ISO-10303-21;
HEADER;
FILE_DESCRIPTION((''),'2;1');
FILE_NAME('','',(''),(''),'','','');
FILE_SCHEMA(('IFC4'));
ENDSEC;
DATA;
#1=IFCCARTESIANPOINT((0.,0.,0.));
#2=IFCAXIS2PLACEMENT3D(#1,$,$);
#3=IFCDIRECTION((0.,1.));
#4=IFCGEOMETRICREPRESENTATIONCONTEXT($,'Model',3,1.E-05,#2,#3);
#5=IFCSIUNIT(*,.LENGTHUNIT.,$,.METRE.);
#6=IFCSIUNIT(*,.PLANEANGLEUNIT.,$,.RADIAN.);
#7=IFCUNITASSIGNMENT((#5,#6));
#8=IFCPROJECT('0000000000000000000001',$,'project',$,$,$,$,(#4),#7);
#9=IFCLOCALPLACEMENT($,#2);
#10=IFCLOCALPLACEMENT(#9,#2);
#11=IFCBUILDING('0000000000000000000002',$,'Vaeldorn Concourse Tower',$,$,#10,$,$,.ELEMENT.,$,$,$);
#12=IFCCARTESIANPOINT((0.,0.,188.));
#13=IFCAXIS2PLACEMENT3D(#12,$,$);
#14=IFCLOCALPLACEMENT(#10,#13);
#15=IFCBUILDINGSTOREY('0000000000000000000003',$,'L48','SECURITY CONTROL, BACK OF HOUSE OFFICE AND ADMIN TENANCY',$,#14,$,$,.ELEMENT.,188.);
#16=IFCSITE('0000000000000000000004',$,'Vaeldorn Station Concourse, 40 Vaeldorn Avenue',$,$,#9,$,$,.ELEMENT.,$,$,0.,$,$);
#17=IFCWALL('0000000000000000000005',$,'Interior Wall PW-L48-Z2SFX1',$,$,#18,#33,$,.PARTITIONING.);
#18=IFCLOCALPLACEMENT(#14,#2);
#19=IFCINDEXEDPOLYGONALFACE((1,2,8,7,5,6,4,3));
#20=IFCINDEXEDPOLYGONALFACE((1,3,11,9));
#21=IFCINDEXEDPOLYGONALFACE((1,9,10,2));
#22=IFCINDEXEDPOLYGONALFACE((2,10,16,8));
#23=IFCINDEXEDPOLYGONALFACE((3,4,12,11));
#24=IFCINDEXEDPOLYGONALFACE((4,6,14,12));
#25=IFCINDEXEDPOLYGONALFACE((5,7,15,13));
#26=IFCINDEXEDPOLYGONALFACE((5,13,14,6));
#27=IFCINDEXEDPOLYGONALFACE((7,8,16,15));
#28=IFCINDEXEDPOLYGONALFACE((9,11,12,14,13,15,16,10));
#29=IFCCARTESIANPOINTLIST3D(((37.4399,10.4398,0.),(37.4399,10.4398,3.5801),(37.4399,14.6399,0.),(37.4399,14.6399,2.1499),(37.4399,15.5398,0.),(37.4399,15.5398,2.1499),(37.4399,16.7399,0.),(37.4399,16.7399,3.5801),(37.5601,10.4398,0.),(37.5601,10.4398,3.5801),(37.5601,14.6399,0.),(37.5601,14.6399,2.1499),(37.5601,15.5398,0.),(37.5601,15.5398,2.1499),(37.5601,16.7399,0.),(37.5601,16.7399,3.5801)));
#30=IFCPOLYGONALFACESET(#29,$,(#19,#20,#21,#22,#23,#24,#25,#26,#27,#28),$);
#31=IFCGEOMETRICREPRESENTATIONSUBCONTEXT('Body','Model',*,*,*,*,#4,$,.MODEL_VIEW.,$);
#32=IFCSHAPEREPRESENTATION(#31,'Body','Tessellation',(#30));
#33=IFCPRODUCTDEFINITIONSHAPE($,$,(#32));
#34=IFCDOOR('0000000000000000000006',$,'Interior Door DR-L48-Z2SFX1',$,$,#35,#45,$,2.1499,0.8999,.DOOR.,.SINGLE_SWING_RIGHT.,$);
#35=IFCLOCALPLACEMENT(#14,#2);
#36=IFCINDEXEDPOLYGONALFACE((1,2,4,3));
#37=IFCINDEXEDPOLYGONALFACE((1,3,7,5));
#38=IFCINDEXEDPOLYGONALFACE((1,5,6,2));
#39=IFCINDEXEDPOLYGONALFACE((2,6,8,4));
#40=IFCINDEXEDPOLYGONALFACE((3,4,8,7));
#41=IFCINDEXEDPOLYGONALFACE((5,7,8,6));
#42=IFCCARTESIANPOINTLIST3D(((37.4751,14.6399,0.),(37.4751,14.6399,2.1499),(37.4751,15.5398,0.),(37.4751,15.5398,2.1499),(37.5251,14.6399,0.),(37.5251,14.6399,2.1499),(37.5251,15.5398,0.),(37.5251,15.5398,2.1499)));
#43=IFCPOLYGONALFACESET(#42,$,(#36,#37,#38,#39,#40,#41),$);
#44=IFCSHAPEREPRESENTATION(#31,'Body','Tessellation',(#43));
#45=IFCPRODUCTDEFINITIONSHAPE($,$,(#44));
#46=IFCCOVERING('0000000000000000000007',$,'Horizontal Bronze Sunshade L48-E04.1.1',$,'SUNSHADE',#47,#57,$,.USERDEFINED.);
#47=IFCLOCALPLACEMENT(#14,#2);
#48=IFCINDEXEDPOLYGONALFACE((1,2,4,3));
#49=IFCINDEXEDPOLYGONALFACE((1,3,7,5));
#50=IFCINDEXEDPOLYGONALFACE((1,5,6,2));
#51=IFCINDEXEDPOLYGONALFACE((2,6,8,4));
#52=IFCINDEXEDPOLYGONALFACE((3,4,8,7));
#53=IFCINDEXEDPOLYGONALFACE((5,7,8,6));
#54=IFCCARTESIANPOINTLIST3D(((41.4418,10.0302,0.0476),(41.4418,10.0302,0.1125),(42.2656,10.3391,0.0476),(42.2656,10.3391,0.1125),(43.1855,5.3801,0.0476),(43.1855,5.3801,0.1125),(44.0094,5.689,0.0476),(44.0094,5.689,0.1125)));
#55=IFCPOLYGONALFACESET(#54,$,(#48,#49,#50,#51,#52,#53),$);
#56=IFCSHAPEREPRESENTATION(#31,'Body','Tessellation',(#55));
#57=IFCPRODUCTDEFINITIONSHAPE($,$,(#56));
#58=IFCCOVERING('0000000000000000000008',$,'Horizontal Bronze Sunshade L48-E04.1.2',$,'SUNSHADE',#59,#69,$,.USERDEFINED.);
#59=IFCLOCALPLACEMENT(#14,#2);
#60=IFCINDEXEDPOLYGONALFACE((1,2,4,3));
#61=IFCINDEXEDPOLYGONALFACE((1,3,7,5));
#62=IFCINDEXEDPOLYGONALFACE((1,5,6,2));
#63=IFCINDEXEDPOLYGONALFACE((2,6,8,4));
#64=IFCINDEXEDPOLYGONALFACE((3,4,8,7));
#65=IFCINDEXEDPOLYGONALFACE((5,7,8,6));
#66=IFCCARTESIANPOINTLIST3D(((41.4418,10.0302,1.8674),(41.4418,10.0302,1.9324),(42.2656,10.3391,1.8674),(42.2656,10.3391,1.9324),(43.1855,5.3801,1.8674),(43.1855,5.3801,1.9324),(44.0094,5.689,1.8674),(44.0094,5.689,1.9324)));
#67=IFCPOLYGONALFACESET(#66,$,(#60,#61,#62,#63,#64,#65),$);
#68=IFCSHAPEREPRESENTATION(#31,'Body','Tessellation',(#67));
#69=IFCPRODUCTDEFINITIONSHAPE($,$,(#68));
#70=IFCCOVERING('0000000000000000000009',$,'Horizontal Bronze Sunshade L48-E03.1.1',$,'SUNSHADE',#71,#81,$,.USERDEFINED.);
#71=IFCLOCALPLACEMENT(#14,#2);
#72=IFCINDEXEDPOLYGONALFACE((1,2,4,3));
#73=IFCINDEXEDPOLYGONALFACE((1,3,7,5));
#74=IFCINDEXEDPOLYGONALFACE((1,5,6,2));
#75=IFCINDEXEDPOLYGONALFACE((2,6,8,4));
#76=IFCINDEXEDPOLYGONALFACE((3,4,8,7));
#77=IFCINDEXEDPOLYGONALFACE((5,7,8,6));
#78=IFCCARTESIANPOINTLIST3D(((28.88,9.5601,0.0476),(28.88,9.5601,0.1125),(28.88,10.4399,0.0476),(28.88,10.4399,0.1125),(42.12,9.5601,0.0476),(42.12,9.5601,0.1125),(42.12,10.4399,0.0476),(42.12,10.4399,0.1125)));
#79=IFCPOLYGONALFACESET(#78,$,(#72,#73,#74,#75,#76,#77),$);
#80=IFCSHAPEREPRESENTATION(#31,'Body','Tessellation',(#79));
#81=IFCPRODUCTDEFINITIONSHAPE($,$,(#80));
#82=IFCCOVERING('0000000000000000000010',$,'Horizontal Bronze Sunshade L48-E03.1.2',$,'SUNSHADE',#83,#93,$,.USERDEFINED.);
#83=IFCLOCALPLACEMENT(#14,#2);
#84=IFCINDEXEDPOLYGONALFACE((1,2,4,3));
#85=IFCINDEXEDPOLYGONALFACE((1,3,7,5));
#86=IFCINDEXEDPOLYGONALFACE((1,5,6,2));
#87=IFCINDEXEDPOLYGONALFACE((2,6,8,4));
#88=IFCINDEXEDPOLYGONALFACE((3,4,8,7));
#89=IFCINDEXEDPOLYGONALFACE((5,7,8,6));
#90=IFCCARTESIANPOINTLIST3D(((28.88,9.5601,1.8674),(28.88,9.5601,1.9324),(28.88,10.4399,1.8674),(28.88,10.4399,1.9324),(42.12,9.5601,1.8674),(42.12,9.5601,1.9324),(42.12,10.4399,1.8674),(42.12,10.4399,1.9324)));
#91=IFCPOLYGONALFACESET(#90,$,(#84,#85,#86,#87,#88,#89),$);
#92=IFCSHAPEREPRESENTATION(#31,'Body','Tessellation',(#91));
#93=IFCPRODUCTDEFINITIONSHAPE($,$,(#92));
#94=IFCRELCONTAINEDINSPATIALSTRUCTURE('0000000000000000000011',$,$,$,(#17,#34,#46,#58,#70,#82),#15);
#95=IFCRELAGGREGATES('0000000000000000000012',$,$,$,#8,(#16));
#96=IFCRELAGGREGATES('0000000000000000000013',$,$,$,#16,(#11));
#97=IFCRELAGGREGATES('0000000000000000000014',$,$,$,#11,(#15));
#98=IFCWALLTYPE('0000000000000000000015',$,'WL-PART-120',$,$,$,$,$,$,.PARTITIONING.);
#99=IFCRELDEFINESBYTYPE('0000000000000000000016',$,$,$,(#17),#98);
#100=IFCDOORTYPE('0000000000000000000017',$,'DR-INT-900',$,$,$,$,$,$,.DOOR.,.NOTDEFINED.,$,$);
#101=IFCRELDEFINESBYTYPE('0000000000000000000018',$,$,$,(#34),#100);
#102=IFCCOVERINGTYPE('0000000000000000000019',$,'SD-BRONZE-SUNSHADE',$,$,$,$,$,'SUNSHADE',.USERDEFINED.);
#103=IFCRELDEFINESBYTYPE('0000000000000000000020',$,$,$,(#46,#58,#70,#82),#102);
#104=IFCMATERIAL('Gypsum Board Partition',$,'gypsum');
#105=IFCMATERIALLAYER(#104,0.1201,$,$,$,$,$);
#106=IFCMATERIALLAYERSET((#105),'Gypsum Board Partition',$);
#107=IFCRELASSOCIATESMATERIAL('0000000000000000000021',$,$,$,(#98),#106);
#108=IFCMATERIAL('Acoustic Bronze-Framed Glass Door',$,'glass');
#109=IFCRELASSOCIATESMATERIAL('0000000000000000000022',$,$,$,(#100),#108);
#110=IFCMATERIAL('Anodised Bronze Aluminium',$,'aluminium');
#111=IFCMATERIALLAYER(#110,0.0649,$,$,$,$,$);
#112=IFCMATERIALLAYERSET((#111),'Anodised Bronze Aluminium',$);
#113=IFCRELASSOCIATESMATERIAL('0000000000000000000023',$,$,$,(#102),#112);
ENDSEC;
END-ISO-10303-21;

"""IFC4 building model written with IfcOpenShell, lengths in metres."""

from ifc_helpers import new_model, si_unit, direction, frame, frame_2d, origin, origin_2d, place, context, subcontext, project, spatial, rectangle, extrude, source, transform, mapped, material, layer, layer_set, type_object, element, fill, save


model = new_model("IFC4")

# Units and contexts
model_context = context("Model", 3, precision=1e-05, world=origin(), true_north=direction((0.0, 1.0)))
body_context = subcontext(model_context, "Body", "Model", "MODEL_VIEW")
ifc_project = project(units=[si_unit("LENGTHUNIT", "METRE"), si_unit("PLANEANGLEUNIT", "RADIAN")], contexts=[model_context])

# Site, building, storey
site_placement = place(None, origin())
site = spatial("IfcSite", under=ifc_project, at=site_placement, Name="Vaeldorn Station Concourse, 40 Vaeldorn Avenue", CompositionType="ELEMENT", RefElevation=0.0)
building_placement = place(site_placement, origin())
building = spatial("IfcBuilding", under=site, at=building_placement, Name="Vaeldorn Concourse Tower", CompositionType="ELEMENT")
storey_placement = place(building_placement, frame((0.0, 0.0, 188.0)))
storey = spatial("IfcBuildingStorey", under=building, at=storey_placement, Name="L48", Description="SECURITY CONTROL, BACK OF HOUSE OFFICE AND ADMIN TENANCY", CompositionType="ELEMENT", Elevation=188.0)

# Shared definitions
ifc_material_1 = material(Name="Anodised Bronze Aluminium", Category="aluminium")

# Wall, opening, door
ifc_material_2 = material(Name="Gypsum Board Partition", Category="gypsum")
ifc_layer_1 = layer(ifc_material_2, 0.1201)
ifc_layer_set_1 = layer_set([ifc_layer_1], Name="Gypsum Board Partition")
wall_type = type_object("IfcWallType", Name="WL-PART-120", PredefinedType="PARTITIONING", material=ifc_layer_set_1)
wall_placement = place(storey_placement, frame((37.5, 10.4399, 0.0), z_axis=(0.0, 0.0, 1.0), x_axis=(0.0, 1.0, 0.0)))
wall = element("IfcWall", 1, at=wall_placement, inside=storey, type_object=wall_type, Name="Interior Wall PW-L48-Z2SFX1", PredefinedType="PARTITIONING", context=body_context, shape_type="SweptSolid", body=[
    extrude(rectangle(XDim=6.3, YDim=0.1201, at=frame_2d((3.1499, 0.0))), origin(), (0.0, 0.0, 1.0), 3.5801),
])
opening_placement = place(wall_placement, frame((4.2, 0.0, 0.0)))
opening = element("IfcOpeningElement", 2, at=opening_placement, cuts=wall, PredefinedType="OPENING", context=body_context, shape_type="SweptSolid", body=[
    extrude(rectangle(XDim=0.8999, YDim=2.1499, at=frame_2d((0.45, 1.075))), frame((0.0, 0.0701, 0.0), z_axis=(0.0, -1.0, 0.0), x_axis=(1.0, 0.0, 0.0)), (0.0, 0.0, 1.0), 0.1401),
])
ifc_material_3 = material(Name="Acoustic Bronze-Framed Glass Door", Category="glass")
door_type = type_object("IfcDoorType", Name="DR-INT-900", OperationType="NOTDEFINED", PredefinedType="DOOR", material=ifc_material_3)
shared_shape_1 = source(origin(), body_context, "Body", "SweptSolid", [
    extrude(rectangle(XDim=0.8999, YDim=2.1499, at=frame_2d((0.45, 1.075))), frame((0.0, 0.0249, 0.0), z_axis=(0.0, -1.0, 0.0), x_axis=(1.0, 0.0, 0.0)), (0.0, 0.0, 1.0), 0.05),
])
door_placement = place(opening_placement, origin())
door = element("IfcDoor", 3, at=door_placement, inside=storey, type_object=door_type, Name="Interior Door DR-L48-Z2SFX1", OperationType="SINGLE_SWING_RIGHT", OverallHeight=2.1499, OverallWidth=0.8999, PredefinedType="DOOR", context=body_context, shape_type="MappedRepresentation", body=[
    mapped(shared_shape_1, transform((0.0, 0.0, 0.0), scale=1.0)),
])
fill(opening, door)

# Coverings
ifc_layer_2 = layer(ifc_material_1, 0.0649)
ifc_layer_set_2 = layer_set([ifc_layer_2], Name="Anodised Bronze Aluminium")
covering_type = type_object("IfcCoveringType", Name="SD-BRONZE-SUNSHADE", ElementType="SUNSHADE", PredefinedType="USERDEFINED", material=ifc_layer_set_2)
shared_shape_2 = source(origin(), body_context, "Body", "SweptSolid", [
    extrude(rectangle(XDim=4.9663, YDim=0.8799, at=origin_2d()), origin(), (0.0, 0.0, 1.0), 0.0649),
])
for number, where, z_axis, x_axis, name in (
    (4, (42.7256, 7.8596, 0.0476), (0.0, 0.0, 1.0), (0.351123, -0.936329, 0.0), "Horizontal Bronze Sunshade L48-E04.1.1"),
    (5, (42.7256, 7.8596, 1.8674), (0.0, 0.0, 1.0), (0.351123, -0.936329, 0.0), "Horizontal Bronze Sunshade L48-E04.1.2"),
):
    element("IfcCovering", number, at=place(storey_placement, frame(where, z_axis=z_axis, x_axis=x_axis)), inside=storey, type_object=covering_type, Name=name, ObjectType="SUNSHADE", PredefinedType="USERDEFINED", context=body_context, shape_type="MappedRepresentation", body=[
        mapped(shared_shape_2, transform((0.0, 0.0, 0.0), scale=1.0)),
    ])
shared_shape_3 = source(origin(), body_context, "Body", "SweptSolid", [
    extrude(rectangle(XDim=13.24, YDim=0.8799, at=origin_2d()), origin(), (0.0, 0.0, 1.0), 0.0649),
])
for number, where, z_axis, x_axis, name in (
    (6, (35.5, 10.0, 0.0476), (0.0, 0.0, 1.0), (1.0, 0.0, 0.0), "Horizontal Bronze Sunshade L48-E03.1.1"),
    (7, (35.5, 10.0, 1.8674), (0.0, 0.0, 1.0), (1.0, 0.0, 0.0), "Horizontal Bronze Sunshade L48-E03.1.2"),
):
    element("IfcCovering", number, at=place(storey_placement, frame(where, z_axis=z_axis, x_axis=x_axis)), inside=storey, type_object=covering_type, Name=name, ObjectType="SUNSHADE", PredefinedType="USERDEFINED", context=body_context, shape_type="MappedRepresentation", body=[
        mapped(shared_shape_3, transform((0.0, 0.0, 0.0), scale=1.0)),
    ])

save(model, "model.ifc")
